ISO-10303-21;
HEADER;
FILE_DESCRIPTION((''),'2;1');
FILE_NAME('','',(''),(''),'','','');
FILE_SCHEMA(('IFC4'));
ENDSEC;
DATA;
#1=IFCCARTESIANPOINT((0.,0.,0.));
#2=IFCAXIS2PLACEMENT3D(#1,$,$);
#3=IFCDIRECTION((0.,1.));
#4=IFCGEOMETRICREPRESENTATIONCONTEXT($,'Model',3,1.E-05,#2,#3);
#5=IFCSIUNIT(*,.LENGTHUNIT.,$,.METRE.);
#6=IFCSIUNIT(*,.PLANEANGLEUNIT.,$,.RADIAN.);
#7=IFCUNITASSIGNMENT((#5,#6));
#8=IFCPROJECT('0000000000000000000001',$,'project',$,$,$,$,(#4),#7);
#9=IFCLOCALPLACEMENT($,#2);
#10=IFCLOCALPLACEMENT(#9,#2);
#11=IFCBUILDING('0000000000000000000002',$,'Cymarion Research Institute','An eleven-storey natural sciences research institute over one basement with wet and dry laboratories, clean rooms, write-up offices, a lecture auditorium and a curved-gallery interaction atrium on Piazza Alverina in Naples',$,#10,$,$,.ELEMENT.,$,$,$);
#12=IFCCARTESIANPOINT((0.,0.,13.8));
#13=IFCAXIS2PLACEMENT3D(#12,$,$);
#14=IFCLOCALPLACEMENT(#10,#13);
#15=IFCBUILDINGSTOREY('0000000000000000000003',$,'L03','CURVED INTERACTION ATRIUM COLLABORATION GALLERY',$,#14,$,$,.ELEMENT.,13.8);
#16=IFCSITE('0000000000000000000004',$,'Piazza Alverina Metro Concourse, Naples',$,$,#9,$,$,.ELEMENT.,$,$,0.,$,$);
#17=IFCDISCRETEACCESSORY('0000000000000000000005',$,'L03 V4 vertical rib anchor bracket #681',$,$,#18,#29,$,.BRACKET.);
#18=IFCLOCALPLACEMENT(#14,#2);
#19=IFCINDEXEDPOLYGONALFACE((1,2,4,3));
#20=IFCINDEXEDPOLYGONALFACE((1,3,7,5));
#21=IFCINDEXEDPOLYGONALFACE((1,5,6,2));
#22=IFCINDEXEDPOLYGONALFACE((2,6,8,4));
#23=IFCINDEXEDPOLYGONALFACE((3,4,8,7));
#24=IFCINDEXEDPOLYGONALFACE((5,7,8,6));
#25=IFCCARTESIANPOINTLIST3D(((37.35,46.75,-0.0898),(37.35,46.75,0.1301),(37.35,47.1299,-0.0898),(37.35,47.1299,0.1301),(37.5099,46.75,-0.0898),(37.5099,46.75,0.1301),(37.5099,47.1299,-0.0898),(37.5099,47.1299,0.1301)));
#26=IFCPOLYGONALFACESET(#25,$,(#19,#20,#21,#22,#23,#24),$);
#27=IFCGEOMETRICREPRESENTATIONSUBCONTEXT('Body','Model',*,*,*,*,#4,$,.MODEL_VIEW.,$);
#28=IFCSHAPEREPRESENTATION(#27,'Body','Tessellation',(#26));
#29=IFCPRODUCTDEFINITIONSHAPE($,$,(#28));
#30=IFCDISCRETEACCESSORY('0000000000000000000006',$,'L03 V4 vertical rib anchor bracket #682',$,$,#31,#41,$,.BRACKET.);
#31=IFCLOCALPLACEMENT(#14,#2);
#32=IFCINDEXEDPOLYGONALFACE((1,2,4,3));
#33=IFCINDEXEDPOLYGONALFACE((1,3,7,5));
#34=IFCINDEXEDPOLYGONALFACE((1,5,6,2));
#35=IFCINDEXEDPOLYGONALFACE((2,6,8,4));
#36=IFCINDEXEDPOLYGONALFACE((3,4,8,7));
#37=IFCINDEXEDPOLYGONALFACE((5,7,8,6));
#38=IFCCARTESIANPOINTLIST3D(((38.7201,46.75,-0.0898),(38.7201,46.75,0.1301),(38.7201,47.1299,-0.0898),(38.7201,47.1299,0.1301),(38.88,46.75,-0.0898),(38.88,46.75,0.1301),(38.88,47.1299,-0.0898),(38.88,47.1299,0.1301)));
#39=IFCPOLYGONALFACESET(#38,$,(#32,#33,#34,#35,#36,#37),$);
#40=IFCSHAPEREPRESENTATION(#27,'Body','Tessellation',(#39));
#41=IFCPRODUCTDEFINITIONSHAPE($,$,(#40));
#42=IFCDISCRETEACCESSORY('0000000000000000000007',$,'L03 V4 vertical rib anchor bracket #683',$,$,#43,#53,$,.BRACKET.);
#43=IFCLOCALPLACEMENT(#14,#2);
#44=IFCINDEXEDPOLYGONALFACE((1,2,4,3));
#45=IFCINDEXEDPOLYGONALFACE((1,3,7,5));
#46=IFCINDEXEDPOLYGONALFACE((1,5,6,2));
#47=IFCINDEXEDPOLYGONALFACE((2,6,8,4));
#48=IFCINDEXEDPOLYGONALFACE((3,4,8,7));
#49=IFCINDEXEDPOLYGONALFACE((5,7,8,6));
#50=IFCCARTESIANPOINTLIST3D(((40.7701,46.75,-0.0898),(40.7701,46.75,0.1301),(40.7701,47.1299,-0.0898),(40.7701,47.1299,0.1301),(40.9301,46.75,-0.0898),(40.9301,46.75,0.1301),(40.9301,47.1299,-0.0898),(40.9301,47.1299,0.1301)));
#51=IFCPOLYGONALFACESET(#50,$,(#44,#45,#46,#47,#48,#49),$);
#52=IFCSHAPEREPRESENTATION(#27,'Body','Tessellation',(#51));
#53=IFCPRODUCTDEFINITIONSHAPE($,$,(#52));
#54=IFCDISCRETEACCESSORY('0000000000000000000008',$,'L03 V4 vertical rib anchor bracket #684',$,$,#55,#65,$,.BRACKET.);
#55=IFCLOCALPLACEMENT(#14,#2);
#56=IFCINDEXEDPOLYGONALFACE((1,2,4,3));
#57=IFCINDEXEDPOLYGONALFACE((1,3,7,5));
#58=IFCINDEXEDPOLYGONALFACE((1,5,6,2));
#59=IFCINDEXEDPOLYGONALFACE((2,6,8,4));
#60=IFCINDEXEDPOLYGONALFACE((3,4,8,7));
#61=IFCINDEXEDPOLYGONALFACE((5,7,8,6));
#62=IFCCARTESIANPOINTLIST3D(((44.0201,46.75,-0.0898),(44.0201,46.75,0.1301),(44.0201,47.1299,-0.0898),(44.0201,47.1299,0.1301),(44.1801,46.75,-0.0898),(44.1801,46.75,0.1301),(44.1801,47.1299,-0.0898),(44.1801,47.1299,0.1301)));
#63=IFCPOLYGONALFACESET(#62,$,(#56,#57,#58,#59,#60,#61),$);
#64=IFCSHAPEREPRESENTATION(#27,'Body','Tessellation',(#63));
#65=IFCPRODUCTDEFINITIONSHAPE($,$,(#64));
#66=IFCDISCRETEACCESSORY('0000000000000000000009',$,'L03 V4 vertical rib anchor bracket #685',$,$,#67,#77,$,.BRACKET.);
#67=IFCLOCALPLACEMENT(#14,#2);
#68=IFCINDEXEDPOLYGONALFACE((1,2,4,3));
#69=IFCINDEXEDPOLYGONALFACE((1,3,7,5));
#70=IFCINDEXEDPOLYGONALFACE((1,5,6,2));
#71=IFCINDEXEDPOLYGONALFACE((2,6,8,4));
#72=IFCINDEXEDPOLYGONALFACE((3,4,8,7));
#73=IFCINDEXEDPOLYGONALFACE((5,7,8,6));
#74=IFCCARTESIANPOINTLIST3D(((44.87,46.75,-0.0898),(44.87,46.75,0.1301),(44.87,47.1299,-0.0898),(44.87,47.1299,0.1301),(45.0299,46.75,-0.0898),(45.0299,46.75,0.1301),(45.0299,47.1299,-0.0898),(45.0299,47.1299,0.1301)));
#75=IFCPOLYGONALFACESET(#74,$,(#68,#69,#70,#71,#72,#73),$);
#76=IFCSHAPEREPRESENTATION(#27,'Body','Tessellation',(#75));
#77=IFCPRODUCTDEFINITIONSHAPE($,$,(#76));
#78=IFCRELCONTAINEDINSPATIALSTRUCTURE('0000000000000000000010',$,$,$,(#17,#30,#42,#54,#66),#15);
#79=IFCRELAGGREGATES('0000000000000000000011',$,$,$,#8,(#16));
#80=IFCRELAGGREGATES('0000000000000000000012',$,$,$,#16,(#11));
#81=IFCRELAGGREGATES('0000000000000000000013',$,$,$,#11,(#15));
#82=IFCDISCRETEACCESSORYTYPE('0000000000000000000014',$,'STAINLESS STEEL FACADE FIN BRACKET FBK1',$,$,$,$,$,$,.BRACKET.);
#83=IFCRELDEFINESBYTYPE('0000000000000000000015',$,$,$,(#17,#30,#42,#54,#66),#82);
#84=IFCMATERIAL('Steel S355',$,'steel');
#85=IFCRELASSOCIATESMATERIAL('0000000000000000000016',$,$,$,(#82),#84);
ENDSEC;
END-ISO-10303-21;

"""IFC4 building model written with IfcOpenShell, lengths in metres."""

from ifc_helpers import new_model, si_unit, direction, frame, origin, origin_2d, place, context, subcontext, project, spatial, rectangle, extrude, material, type_object, element, save


model = new_model("IFC4")

# Units and contexts
model_context = context("Model", 3, precision=1e-05, world=origin(), true_north=direction((0.0, 1.0)))
body_context = subcontext(model_context, "Body", "Model", "MODEL_VIEW")
ifc_project = project(units=[si_unit("LENGTHUNIT", "METRE"), si_unit("PLANEANGLEUNIT", "RADIAN")], contexts=[model_context])

# Site, building, storey
site_placement = place(None, origin())
site = spatial("IfcSite", under=ifc_project, at=site_placement, Name="Piazza Alverina Metro Concourse, Naples", CompositionType="ELEMENT", RefElevation=0.0)
building_placement = place(site_placement, origin())
building = spatial("IfcBuilding", under=site, at=building_placement, Name="Cymarion Research Institute", Description="An eleven-storey natural sciences research institute over one basement with wet and dry laboratories, clean rooms, write-up offices, a lecture auditorium and a curved-gallery interaction atrium on Piazza Alverina in Naples", CompositionType="ELEMENT")
storey_placement = place(building_placement, frame((0.0, 0.0, 13.8)))
storey = spatial("IfcBuildingStorey", under=building, at=storey_placement, Name="L03", Description="CURVED INTERACTION ATRIUM COLLABORATION GALLERY", CompositionType="ELEMENT", Elevation=13.8)

# Shared definitions
ifc_material_1 = material(Name="Steel S355", Category="steel")

# Discrete accessories
discrete_accessory_type = type_object("IfcDiscreteAccessoryType", Name="STAINLESS STEEL FACADE FIN BRACKET FBK1", PredefinedType="BRACKET", material=ifc_material_1)
for number, where, z_axis, x_axis, name in (
    (1, (37.4299, 46.9399, -0.0898), (0.0, 0.0, 1.0), (0.0, -1.0, 0.0), "L03 V4 vertical rib anchor bracket #681"),
    (2, (38.8, 46.9399, -0.0898), (0.0, 0.0, 1.0), (0.0, -1.0, 0.0), "L03 V4 vertical rib anchor bracket #682"),
    (3, (40.8501, 46.9399, -0.0898), (0.0, 0.0, 1.0), (0.0, -1.0, 0.0), "L03 V4 vertical rib anchor bracket #683"),
    (4, (44.1001, 46.9399, -0.0898), (0.0, 0.0, 1.0), (0.0, -1.0, 0.0), "L03 V4 vertical rib anchor bracket #684"),
    (5, (44.95, 46.9399, -0.0898), (0.0, 0.0, 1.0), (0.0, -1.0, 0.0), "L03 V4 vertical rib anchor bracket #685"),
):
    element("IfcDiscreteAccessory", number, at=place(storey_placement, frame(where, z_axis=z_axis, x_axis=x_axis)), inside=storey, type_object=discrete_accessory_type, Name=name, PredefinedType="BRACKET", context=body_context, shape_type="SweptSolid", body=[
        extrude(rectangle(XDim=0.3799, YDim=0.1599, at=origin_2d()), origin(), (0.0, 0.0, 1.0), 0.22),
    ])

save(model, "model.ifc")
